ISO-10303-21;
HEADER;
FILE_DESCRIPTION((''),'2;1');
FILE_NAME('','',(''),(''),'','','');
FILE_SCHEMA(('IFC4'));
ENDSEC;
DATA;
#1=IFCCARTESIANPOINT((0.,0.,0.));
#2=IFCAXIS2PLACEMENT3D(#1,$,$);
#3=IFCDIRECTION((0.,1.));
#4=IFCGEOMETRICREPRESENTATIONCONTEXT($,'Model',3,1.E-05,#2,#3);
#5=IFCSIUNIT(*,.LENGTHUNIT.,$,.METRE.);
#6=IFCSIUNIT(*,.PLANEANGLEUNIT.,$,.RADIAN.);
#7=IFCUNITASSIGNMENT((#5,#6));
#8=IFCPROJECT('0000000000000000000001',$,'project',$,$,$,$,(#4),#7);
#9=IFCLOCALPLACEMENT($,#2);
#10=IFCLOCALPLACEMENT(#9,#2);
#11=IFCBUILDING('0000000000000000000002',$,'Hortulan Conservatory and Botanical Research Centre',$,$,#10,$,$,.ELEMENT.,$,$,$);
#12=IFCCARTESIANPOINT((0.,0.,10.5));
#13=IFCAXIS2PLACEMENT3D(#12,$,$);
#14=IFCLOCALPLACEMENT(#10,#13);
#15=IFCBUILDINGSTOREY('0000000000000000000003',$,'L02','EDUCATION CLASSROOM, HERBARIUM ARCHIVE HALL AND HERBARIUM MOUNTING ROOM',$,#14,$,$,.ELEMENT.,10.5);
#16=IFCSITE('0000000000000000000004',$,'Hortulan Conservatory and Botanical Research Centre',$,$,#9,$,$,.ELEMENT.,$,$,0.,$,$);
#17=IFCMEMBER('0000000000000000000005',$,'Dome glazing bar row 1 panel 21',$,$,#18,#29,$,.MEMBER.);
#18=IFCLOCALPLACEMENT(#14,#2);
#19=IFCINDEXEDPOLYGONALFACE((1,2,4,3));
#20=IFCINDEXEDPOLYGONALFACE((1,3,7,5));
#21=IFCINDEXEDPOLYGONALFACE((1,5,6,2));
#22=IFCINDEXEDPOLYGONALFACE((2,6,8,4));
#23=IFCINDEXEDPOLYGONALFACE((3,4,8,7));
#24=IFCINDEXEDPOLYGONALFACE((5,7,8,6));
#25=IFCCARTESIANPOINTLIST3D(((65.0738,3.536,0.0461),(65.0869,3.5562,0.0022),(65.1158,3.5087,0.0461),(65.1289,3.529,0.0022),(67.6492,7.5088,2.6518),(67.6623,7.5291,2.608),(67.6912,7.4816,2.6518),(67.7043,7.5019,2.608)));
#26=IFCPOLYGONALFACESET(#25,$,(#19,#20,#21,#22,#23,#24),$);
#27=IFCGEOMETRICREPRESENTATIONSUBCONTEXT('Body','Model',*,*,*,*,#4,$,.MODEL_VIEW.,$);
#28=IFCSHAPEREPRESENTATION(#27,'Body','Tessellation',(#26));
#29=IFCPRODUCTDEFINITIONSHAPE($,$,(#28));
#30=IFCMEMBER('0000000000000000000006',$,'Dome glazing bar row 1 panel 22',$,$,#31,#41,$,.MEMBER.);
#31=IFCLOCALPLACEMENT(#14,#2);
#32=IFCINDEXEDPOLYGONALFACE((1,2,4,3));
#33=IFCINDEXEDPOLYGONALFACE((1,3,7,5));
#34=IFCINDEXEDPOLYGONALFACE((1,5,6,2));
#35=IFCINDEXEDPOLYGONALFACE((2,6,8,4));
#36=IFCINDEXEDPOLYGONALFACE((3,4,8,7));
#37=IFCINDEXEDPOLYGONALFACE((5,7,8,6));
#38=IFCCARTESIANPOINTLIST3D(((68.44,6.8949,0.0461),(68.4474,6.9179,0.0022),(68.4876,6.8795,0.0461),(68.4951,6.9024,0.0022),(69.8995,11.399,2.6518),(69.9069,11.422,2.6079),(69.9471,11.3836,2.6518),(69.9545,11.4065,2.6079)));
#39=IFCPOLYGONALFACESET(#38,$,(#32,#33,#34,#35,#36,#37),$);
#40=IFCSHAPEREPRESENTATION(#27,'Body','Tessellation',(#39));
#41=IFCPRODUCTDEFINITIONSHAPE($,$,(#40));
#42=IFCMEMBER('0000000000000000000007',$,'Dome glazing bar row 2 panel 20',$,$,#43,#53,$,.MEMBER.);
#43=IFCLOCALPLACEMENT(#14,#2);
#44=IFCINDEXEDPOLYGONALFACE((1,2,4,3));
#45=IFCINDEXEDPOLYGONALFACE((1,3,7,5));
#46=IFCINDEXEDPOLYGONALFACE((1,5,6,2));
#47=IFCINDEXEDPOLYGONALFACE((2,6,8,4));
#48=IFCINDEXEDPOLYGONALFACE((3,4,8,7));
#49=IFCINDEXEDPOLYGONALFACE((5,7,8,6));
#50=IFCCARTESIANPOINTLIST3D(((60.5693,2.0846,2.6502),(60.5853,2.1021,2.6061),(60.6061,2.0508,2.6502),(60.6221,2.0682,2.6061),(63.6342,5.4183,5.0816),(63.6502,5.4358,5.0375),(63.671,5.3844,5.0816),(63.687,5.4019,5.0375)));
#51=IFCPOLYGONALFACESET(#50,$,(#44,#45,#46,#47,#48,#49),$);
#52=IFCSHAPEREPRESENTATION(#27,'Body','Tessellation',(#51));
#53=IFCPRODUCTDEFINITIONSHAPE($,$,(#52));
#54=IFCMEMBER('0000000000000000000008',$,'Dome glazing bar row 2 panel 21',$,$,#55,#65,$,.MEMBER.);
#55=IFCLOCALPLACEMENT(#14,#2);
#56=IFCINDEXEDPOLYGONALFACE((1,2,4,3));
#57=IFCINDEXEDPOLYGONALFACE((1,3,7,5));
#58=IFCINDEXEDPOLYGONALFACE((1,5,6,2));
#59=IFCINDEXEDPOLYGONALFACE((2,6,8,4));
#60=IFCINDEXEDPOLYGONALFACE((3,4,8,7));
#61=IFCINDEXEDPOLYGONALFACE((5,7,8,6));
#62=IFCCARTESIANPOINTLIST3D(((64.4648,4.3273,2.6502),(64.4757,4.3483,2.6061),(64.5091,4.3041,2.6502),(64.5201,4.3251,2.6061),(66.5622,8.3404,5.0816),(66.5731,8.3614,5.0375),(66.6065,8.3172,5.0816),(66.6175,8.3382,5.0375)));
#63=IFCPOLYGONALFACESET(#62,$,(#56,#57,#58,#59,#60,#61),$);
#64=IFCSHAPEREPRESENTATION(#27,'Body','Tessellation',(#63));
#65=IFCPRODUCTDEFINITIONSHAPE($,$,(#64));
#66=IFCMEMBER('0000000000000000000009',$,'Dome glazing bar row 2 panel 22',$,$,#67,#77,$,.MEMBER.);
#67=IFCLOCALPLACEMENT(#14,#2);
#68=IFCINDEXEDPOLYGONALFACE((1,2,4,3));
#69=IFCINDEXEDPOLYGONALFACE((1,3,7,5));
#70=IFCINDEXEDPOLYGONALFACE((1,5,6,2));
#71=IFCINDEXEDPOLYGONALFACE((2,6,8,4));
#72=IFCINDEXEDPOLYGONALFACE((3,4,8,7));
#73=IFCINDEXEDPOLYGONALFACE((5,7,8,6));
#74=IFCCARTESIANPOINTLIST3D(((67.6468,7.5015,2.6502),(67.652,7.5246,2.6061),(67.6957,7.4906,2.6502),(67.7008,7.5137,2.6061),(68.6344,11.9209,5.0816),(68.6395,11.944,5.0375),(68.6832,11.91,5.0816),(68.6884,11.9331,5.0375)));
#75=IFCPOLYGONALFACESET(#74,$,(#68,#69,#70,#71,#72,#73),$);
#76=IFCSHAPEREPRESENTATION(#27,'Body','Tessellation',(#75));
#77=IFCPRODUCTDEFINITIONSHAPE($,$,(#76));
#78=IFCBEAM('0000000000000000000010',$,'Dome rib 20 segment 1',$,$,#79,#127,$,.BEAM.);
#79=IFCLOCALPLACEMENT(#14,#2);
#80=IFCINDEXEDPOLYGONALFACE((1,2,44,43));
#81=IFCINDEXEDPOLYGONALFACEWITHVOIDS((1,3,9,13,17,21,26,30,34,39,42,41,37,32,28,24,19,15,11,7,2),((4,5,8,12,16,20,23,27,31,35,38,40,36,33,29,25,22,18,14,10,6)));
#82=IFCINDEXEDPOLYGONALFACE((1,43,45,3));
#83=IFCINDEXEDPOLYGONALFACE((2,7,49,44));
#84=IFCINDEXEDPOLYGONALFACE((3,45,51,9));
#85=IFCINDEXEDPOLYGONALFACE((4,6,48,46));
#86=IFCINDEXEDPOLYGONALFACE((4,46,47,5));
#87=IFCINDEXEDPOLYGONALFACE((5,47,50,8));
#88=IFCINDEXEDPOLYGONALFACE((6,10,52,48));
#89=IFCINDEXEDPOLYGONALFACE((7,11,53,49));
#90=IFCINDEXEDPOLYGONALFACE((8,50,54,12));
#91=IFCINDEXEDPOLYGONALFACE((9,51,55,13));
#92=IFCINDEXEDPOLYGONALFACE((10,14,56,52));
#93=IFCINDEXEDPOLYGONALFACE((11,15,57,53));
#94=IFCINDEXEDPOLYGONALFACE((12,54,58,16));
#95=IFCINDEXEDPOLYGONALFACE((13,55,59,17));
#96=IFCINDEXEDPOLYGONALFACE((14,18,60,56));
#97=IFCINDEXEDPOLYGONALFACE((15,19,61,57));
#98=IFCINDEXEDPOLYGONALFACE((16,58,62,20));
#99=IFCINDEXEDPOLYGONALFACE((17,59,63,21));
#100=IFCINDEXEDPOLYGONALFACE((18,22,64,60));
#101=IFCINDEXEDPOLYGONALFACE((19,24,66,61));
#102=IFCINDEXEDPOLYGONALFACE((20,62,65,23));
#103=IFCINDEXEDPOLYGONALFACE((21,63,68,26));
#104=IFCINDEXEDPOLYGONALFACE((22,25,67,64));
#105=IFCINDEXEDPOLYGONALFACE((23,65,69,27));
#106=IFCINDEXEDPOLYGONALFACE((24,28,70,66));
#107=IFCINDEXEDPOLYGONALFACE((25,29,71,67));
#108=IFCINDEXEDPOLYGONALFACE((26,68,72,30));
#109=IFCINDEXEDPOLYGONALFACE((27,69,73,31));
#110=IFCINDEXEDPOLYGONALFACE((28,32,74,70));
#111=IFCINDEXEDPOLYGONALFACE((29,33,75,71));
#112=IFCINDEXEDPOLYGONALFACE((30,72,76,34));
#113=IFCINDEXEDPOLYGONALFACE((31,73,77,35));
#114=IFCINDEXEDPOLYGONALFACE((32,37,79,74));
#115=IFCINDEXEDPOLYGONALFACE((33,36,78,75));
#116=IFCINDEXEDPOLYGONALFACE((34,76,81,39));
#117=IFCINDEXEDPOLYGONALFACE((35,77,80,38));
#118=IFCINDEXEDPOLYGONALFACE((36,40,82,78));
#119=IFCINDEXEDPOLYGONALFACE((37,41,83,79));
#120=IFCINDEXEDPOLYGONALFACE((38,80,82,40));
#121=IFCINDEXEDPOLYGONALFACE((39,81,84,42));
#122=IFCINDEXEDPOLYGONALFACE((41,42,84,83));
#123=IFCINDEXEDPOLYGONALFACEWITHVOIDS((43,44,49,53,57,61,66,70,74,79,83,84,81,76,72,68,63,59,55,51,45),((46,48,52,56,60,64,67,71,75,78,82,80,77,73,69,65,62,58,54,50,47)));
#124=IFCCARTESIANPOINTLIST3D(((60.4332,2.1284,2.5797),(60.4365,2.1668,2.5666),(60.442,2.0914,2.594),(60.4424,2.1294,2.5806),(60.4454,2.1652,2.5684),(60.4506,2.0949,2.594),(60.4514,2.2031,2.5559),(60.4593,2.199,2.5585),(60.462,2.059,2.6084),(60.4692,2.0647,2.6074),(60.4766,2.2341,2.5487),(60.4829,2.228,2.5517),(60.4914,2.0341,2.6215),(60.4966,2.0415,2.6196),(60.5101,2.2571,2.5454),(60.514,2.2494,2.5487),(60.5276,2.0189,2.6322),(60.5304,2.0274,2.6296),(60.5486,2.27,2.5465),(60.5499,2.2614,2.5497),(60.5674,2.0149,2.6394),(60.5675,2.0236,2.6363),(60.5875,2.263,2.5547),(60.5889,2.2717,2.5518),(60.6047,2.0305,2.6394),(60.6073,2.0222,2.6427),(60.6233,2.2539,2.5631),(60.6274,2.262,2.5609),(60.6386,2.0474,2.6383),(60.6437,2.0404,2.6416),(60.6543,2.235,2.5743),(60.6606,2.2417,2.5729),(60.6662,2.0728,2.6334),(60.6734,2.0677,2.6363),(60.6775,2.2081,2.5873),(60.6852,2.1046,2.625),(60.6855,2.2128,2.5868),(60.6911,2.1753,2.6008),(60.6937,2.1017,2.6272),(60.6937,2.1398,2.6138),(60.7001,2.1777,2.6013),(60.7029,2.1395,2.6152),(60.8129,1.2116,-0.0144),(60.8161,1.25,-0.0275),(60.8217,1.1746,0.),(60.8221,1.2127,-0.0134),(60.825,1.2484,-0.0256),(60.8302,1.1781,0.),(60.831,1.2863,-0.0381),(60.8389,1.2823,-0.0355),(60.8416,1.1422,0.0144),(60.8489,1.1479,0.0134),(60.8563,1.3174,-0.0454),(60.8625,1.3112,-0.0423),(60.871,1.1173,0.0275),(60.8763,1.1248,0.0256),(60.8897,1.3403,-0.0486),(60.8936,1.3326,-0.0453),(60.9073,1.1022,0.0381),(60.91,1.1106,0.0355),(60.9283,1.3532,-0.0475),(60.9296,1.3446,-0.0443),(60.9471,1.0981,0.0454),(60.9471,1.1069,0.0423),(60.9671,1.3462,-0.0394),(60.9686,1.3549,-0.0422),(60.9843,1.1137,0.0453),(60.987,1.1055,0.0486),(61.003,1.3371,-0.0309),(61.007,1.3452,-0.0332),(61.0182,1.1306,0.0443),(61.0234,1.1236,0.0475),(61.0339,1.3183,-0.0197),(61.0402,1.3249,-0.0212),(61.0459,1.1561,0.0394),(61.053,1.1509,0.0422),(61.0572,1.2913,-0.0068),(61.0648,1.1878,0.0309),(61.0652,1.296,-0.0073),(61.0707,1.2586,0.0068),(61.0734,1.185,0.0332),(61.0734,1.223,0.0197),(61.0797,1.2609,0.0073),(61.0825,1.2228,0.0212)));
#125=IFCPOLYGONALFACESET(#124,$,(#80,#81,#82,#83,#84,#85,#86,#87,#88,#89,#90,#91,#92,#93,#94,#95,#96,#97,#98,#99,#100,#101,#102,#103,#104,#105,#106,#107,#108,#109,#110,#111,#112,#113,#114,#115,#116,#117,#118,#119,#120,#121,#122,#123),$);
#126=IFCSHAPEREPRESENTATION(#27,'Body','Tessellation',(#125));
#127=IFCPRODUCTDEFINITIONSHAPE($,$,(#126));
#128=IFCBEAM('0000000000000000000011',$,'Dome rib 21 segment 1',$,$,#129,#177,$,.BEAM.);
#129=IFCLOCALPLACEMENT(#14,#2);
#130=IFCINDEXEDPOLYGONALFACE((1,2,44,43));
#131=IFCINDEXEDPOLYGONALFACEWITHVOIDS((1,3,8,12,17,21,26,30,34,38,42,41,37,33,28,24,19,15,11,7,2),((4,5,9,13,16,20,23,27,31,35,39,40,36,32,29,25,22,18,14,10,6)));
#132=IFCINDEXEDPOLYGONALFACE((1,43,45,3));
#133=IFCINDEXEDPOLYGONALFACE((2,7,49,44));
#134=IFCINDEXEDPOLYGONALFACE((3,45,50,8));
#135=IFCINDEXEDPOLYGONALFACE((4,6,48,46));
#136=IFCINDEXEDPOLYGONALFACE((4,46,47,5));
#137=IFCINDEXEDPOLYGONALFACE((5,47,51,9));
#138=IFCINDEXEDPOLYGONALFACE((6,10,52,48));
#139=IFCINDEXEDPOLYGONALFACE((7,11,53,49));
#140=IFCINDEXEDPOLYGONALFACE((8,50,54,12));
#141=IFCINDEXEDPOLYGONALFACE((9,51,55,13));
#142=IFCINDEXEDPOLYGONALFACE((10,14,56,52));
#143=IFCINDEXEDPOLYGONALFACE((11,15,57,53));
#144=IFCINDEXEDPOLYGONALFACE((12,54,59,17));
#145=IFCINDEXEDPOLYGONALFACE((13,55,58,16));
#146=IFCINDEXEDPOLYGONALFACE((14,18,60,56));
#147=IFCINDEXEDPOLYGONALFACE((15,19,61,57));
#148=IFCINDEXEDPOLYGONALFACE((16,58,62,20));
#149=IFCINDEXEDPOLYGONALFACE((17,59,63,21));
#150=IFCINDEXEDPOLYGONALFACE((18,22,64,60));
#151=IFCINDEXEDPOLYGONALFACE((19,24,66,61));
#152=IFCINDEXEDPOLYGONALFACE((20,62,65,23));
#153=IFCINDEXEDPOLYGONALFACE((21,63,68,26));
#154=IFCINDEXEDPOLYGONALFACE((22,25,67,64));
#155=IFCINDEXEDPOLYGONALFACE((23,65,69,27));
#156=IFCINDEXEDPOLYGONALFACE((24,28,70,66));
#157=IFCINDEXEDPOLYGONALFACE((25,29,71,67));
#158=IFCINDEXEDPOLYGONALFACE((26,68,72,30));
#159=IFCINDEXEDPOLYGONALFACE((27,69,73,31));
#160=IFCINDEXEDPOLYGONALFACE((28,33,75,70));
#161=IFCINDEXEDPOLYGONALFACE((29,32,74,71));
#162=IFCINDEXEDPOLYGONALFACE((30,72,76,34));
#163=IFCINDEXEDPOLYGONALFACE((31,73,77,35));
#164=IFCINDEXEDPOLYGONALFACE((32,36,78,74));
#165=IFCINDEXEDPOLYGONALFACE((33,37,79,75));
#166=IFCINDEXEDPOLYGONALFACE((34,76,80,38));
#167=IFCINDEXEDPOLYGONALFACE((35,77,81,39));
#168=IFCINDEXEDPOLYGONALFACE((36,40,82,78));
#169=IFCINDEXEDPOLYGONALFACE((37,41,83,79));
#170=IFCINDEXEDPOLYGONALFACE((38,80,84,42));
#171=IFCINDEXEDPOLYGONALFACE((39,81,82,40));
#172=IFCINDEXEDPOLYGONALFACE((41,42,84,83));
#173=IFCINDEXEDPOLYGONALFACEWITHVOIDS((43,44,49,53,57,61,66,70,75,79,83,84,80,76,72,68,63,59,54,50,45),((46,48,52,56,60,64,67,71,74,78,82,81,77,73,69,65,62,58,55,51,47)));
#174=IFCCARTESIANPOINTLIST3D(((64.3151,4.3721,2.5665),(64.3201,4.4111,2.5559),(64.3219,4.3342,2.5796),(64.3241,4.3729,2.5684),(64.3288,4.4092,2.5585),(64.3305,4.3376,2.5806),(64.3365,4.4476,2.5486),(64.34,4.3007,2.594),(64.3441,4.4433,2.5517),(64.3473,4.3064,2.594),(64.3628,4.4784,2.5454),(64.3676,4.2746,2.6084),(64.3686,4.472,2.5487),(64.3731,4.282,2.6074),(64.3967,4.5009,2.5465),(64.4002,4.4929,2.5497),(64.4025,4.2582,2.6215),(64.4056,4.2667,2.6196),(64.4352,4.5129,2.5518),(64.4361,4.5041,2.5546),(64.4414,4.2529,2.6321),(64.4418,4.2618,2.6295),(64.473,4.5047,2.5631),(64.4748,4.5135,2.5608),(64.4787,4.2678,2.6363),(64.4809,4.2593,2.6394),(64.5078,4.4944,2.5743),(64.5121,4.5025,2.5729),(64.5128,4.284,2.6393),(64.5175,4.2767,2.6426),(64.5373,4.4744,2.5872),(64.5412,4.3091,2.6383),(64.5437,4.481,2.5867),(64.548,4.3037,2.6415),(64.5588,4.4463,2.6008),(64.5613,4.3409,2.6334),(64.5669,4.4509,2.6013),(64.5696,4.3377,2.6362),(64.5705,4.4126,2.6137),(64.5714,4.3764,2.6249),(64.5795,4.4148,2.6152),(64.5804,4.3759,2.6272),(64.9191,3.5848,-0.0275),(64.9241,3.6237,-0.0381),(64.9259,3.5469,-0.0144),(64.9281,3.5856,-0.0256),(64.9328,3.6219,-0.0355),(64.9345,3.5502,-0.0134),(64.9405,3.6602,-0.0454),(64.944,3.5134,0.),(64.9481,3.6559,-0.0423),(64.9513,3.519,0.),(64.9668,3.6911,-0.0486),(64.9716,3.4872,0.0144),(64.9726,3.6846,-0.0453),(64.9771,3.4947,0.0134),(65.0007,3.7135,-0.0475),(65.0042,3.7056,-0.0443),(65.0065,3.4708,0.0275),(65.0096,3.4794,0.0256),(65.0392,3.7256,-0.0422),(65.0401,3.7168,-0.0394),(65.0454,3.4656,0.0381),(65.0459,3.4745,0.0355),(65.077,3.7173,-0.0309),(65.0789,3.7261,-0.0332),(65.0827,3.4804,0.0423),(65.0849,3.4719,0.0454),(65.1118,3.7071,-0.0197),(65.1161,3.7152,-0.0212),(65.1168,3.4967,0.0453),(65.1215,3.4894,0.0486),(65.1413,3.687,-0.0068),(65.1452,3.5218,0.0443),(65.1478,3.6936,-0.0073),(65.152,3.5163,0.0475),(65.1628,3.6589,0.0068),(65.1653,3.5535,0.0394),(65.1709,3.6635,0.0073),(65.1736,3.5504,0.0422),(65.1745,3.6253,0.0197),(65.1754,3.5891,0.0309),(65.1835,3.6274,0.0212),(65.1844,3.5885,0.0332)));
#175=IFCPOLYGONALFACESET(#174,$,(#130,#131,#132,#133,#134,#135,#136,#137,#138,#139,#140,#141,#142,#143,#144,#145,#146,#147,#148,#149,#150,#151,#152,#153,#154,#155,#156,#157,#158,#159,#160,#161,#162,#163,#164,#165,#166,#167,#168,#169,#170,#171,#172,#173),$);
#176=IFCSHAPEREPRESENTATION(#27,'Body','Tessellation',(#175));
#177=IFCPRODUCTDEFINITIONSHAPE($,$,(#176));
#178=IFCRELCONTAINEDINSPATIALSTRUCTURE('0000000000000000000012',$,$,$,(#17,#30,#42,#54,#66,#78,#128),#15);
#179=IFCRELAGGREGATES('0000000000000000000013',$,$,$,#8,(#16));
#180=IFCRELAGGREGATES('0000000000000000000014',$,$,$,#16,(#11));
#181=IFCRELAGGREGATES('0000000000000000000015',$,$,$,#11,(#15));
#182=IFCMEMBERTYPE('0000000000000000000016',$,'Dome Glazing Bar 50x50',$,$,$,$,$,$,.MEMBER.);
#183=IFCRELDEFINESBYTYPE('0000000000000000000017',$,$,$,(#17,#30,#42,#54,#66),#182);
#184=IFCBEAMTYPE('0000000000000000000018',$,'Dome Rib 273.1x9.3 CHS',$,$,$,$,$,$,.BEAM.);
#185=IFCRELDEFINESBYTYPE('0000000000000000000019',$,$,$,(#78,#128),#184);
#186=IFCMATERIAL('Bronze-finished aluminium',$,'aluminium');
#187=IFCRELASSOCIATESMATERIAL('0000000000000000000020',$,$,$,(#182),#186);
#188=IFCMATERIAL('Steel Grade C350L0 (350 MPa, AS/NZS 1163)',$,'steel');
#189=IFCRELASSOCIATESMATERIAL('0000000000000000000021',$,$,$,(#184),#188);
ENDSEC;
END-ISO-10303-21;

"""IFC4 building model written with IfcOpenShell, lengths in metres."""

from ifc_helpers import new_model, si_unit, direction, frame, origin, origin_2d, place, context, subcontext, project, spatial, rectangle, hollow_circle, extrude, material, material_profile, profile_set, type_object, element, save


model = new_model("IFC4")

# Units and contexts
model_context = context("Model", 3, precision=1e-05, world=origin(), true_north=direction((0.0, 1.0)))
body_context = subcontext(model_context, "Body", "Model", "MODEL_VIEW")
ifc_project = project(units=[si_unit("LENGTHUNIT", "METRE"), si_unit("PLANEANGLEUNIT", "RADIAN")], contexts=[model_context])

# Site, building, storey
site_placement = place(None, origin())
site = spatial("IfcSite", under=ifc_project, at=site_placement, Name="Hortulan Conservatory and Botanical Research Centre", CompositionType="ELEMENT", RefElevation=0.0)
building_placement = place(site_placement, origin())
building = spatial("IfcBuilding", under=site, at=building_placement, Name="Hortulan Conservatory and Botanical Research Centre", CompositionType="ELEMENT")
storey_placement = place(building_placement, frame((0.0, 0.0, 10.5)))
storey = spatial("IfcBuildingStorey", under=building, at=storey_placement, Name="L02", Description="EDUCATION CLASSROOM, HERBARIUM ARCHIVE HALL AND HERBARIUM MOUNTING ROOM", CompositionType="ELEMENT", Elevation=10.5)

# Members
ifc_material_1 = material(Name="Bronze-finished aluminium", Category="aluminium")
ifc_material_profile_1 = material_profile(ifc_material_1, rectangle(XDim=0.05, YDim=0.05, at=origin_2d()), Name="Square bar 50x50")
ifc_profile_set_1 = profile_set([ifc_material_profile_1], Name="Bronze-finished aluminium")
member_type_1 = type_object("IfcMemberType", Name="Dome Glazing Bar 50x50", PredefinedType="MEMBER", material=ifc_profile_set_1)
for number, where, z_axis, x_axis, name in (
    (1, (65.1013, 3.5325, 0.0242), (0.476553, 0.735136, 0.482155), (-0.839113, 0.543957, 0.0), "Dome glazing bar row 1 panel 21"),
    (2, (68.4675, 6.8987, 0.0242), (0.270054, 0.833428, 0.48215), (-0.951305, 0.30825, 0.0), "Dome glazing bar row 1 panel 22"),
):
    element("IfcMember", number, at=place(storey_placement, frame(where, z_axis=z_axis, x_axis=x_axis)), inside=storey, type_object=member_type_1, Name=name, PredefinedType="MEMBER", context=body_context, shape_type="SweptSolid", body=[
        extrude(rectangle(XDim=0.05, YDim=0.05, at=origin_2d()), origin(), (0.0, 0.0, 1.0), 5.4043),
    ])
member_1_placement = place(storey_placement, frame((60.5957, 2.0764, 2.6282), z_axis=(0.596295, 0.64859, 0.473036), x_axis=(-0.736162, 0.676805, 0.0)))
element("IfcMember", 3, at=member_1_placement, inside=storey, type_object=member_type_1, Name="Dome glazing bar row 2 panel 20", PredefinedType="MEMBER", context=body_context, shape_type="SweptSolid", body=[
    extrude(rectangle(XDim=0.05, YDim=0.05, at=origin_2d()), origin(), (0.0, 0.0, 1.0), 5.1399),
])
member_2_placement = place(storey_placement, frame((64.4924, 4.3262, 2.6282), z_axis=(0.408081, 0.780821, 0.473062), x_axis=(-0.886261, 0.463187, 0.0)))
element("IfcMember", 4, at=member_2_placement, inside=storey, type_object=member_type_1, Name="Dome glazing bar row 2 panel 21", PredefinedType="MEMBER", context=body_context, shape_type="SweptSolid", body=[
    extrude(rectangle(XDim=0.05, YDim=0.05, at=origin_2d()), origin(), (0.0, 0.0, 1.0), 5.1396),
])
member_3_placement = place(storey_placement, frame((67.6738, 7.5076, 2.6282), z_axis=(0.192135, 0.859833, 0.473046), x_axis=(-0.975931, 0.218078, 0.0)))
element("IfcMember", 5, at=member_3_placement, inside=storey, type_object=member_type_1, Name="Dome glazing bar row 2 panel 22", PredefinedType="MEMBER", context=body_context, shape_type="SweptSolid", body=[
    extrude(rectangle(XDim=0.05, YDim=0.05, at=origin_2d()), origin(), (0.0, 0.0, 1.0), 5.1399),
])

# Beams
ifc_material_2 = material(Name="Steel Grade C350L0 (350 MPa, AS/NZS 1163)", Category="steel")
ifc_material_profile_2 = material_profile(ifc_material_2, hollow_circle(Radius=0.1365, WallThickness=0.0093, at=origin_2d()), Name="273.1x9.3CHS")
ifc_profile_set_2 = profile_set([ifc_material_profile_2], Name="Steel Grade C350L0 (350 MPa, AS/NZS 1163)")
beam_type_1 = type_object("IfcBeamType", Name="Dome Rib 273.1x9.3 CHS", PredefinedType="BEAM", material=ifc_profile_set_2)
for number, where, z_axis, x_axis, name in (
    (6, (60.9478, 1.2268, 0.0), (-0.136694, 0.330087, 0.934001), (-0.923912, -0.382605, 0.0), "Dome rib 20 segment 1"),
    (7, (65.0522, 3.5964, 0.0), (-0.217477, 0.283493, 0.933989), (-0.793428, -0.608664, 0.0), "Dome rib 21 segment 1"),
):
    element("IfcBeam", number, at=place(storey_placement, frame(where, z_axis=z_axis, x_axis=x_axis)), inside=storey, type_object=beam_type_1, Name=name, PredefinedType="BEAM", context=body_context, shape_type="SweptSolid", body=[
        extrude(hollow_circle(Radius=0.1365, WallThickness=0.0093, at=origin_2d()), origin(), (0.0, 0.0, 1.0), 2.7773),
    ])

save(model, "model.ifc")
